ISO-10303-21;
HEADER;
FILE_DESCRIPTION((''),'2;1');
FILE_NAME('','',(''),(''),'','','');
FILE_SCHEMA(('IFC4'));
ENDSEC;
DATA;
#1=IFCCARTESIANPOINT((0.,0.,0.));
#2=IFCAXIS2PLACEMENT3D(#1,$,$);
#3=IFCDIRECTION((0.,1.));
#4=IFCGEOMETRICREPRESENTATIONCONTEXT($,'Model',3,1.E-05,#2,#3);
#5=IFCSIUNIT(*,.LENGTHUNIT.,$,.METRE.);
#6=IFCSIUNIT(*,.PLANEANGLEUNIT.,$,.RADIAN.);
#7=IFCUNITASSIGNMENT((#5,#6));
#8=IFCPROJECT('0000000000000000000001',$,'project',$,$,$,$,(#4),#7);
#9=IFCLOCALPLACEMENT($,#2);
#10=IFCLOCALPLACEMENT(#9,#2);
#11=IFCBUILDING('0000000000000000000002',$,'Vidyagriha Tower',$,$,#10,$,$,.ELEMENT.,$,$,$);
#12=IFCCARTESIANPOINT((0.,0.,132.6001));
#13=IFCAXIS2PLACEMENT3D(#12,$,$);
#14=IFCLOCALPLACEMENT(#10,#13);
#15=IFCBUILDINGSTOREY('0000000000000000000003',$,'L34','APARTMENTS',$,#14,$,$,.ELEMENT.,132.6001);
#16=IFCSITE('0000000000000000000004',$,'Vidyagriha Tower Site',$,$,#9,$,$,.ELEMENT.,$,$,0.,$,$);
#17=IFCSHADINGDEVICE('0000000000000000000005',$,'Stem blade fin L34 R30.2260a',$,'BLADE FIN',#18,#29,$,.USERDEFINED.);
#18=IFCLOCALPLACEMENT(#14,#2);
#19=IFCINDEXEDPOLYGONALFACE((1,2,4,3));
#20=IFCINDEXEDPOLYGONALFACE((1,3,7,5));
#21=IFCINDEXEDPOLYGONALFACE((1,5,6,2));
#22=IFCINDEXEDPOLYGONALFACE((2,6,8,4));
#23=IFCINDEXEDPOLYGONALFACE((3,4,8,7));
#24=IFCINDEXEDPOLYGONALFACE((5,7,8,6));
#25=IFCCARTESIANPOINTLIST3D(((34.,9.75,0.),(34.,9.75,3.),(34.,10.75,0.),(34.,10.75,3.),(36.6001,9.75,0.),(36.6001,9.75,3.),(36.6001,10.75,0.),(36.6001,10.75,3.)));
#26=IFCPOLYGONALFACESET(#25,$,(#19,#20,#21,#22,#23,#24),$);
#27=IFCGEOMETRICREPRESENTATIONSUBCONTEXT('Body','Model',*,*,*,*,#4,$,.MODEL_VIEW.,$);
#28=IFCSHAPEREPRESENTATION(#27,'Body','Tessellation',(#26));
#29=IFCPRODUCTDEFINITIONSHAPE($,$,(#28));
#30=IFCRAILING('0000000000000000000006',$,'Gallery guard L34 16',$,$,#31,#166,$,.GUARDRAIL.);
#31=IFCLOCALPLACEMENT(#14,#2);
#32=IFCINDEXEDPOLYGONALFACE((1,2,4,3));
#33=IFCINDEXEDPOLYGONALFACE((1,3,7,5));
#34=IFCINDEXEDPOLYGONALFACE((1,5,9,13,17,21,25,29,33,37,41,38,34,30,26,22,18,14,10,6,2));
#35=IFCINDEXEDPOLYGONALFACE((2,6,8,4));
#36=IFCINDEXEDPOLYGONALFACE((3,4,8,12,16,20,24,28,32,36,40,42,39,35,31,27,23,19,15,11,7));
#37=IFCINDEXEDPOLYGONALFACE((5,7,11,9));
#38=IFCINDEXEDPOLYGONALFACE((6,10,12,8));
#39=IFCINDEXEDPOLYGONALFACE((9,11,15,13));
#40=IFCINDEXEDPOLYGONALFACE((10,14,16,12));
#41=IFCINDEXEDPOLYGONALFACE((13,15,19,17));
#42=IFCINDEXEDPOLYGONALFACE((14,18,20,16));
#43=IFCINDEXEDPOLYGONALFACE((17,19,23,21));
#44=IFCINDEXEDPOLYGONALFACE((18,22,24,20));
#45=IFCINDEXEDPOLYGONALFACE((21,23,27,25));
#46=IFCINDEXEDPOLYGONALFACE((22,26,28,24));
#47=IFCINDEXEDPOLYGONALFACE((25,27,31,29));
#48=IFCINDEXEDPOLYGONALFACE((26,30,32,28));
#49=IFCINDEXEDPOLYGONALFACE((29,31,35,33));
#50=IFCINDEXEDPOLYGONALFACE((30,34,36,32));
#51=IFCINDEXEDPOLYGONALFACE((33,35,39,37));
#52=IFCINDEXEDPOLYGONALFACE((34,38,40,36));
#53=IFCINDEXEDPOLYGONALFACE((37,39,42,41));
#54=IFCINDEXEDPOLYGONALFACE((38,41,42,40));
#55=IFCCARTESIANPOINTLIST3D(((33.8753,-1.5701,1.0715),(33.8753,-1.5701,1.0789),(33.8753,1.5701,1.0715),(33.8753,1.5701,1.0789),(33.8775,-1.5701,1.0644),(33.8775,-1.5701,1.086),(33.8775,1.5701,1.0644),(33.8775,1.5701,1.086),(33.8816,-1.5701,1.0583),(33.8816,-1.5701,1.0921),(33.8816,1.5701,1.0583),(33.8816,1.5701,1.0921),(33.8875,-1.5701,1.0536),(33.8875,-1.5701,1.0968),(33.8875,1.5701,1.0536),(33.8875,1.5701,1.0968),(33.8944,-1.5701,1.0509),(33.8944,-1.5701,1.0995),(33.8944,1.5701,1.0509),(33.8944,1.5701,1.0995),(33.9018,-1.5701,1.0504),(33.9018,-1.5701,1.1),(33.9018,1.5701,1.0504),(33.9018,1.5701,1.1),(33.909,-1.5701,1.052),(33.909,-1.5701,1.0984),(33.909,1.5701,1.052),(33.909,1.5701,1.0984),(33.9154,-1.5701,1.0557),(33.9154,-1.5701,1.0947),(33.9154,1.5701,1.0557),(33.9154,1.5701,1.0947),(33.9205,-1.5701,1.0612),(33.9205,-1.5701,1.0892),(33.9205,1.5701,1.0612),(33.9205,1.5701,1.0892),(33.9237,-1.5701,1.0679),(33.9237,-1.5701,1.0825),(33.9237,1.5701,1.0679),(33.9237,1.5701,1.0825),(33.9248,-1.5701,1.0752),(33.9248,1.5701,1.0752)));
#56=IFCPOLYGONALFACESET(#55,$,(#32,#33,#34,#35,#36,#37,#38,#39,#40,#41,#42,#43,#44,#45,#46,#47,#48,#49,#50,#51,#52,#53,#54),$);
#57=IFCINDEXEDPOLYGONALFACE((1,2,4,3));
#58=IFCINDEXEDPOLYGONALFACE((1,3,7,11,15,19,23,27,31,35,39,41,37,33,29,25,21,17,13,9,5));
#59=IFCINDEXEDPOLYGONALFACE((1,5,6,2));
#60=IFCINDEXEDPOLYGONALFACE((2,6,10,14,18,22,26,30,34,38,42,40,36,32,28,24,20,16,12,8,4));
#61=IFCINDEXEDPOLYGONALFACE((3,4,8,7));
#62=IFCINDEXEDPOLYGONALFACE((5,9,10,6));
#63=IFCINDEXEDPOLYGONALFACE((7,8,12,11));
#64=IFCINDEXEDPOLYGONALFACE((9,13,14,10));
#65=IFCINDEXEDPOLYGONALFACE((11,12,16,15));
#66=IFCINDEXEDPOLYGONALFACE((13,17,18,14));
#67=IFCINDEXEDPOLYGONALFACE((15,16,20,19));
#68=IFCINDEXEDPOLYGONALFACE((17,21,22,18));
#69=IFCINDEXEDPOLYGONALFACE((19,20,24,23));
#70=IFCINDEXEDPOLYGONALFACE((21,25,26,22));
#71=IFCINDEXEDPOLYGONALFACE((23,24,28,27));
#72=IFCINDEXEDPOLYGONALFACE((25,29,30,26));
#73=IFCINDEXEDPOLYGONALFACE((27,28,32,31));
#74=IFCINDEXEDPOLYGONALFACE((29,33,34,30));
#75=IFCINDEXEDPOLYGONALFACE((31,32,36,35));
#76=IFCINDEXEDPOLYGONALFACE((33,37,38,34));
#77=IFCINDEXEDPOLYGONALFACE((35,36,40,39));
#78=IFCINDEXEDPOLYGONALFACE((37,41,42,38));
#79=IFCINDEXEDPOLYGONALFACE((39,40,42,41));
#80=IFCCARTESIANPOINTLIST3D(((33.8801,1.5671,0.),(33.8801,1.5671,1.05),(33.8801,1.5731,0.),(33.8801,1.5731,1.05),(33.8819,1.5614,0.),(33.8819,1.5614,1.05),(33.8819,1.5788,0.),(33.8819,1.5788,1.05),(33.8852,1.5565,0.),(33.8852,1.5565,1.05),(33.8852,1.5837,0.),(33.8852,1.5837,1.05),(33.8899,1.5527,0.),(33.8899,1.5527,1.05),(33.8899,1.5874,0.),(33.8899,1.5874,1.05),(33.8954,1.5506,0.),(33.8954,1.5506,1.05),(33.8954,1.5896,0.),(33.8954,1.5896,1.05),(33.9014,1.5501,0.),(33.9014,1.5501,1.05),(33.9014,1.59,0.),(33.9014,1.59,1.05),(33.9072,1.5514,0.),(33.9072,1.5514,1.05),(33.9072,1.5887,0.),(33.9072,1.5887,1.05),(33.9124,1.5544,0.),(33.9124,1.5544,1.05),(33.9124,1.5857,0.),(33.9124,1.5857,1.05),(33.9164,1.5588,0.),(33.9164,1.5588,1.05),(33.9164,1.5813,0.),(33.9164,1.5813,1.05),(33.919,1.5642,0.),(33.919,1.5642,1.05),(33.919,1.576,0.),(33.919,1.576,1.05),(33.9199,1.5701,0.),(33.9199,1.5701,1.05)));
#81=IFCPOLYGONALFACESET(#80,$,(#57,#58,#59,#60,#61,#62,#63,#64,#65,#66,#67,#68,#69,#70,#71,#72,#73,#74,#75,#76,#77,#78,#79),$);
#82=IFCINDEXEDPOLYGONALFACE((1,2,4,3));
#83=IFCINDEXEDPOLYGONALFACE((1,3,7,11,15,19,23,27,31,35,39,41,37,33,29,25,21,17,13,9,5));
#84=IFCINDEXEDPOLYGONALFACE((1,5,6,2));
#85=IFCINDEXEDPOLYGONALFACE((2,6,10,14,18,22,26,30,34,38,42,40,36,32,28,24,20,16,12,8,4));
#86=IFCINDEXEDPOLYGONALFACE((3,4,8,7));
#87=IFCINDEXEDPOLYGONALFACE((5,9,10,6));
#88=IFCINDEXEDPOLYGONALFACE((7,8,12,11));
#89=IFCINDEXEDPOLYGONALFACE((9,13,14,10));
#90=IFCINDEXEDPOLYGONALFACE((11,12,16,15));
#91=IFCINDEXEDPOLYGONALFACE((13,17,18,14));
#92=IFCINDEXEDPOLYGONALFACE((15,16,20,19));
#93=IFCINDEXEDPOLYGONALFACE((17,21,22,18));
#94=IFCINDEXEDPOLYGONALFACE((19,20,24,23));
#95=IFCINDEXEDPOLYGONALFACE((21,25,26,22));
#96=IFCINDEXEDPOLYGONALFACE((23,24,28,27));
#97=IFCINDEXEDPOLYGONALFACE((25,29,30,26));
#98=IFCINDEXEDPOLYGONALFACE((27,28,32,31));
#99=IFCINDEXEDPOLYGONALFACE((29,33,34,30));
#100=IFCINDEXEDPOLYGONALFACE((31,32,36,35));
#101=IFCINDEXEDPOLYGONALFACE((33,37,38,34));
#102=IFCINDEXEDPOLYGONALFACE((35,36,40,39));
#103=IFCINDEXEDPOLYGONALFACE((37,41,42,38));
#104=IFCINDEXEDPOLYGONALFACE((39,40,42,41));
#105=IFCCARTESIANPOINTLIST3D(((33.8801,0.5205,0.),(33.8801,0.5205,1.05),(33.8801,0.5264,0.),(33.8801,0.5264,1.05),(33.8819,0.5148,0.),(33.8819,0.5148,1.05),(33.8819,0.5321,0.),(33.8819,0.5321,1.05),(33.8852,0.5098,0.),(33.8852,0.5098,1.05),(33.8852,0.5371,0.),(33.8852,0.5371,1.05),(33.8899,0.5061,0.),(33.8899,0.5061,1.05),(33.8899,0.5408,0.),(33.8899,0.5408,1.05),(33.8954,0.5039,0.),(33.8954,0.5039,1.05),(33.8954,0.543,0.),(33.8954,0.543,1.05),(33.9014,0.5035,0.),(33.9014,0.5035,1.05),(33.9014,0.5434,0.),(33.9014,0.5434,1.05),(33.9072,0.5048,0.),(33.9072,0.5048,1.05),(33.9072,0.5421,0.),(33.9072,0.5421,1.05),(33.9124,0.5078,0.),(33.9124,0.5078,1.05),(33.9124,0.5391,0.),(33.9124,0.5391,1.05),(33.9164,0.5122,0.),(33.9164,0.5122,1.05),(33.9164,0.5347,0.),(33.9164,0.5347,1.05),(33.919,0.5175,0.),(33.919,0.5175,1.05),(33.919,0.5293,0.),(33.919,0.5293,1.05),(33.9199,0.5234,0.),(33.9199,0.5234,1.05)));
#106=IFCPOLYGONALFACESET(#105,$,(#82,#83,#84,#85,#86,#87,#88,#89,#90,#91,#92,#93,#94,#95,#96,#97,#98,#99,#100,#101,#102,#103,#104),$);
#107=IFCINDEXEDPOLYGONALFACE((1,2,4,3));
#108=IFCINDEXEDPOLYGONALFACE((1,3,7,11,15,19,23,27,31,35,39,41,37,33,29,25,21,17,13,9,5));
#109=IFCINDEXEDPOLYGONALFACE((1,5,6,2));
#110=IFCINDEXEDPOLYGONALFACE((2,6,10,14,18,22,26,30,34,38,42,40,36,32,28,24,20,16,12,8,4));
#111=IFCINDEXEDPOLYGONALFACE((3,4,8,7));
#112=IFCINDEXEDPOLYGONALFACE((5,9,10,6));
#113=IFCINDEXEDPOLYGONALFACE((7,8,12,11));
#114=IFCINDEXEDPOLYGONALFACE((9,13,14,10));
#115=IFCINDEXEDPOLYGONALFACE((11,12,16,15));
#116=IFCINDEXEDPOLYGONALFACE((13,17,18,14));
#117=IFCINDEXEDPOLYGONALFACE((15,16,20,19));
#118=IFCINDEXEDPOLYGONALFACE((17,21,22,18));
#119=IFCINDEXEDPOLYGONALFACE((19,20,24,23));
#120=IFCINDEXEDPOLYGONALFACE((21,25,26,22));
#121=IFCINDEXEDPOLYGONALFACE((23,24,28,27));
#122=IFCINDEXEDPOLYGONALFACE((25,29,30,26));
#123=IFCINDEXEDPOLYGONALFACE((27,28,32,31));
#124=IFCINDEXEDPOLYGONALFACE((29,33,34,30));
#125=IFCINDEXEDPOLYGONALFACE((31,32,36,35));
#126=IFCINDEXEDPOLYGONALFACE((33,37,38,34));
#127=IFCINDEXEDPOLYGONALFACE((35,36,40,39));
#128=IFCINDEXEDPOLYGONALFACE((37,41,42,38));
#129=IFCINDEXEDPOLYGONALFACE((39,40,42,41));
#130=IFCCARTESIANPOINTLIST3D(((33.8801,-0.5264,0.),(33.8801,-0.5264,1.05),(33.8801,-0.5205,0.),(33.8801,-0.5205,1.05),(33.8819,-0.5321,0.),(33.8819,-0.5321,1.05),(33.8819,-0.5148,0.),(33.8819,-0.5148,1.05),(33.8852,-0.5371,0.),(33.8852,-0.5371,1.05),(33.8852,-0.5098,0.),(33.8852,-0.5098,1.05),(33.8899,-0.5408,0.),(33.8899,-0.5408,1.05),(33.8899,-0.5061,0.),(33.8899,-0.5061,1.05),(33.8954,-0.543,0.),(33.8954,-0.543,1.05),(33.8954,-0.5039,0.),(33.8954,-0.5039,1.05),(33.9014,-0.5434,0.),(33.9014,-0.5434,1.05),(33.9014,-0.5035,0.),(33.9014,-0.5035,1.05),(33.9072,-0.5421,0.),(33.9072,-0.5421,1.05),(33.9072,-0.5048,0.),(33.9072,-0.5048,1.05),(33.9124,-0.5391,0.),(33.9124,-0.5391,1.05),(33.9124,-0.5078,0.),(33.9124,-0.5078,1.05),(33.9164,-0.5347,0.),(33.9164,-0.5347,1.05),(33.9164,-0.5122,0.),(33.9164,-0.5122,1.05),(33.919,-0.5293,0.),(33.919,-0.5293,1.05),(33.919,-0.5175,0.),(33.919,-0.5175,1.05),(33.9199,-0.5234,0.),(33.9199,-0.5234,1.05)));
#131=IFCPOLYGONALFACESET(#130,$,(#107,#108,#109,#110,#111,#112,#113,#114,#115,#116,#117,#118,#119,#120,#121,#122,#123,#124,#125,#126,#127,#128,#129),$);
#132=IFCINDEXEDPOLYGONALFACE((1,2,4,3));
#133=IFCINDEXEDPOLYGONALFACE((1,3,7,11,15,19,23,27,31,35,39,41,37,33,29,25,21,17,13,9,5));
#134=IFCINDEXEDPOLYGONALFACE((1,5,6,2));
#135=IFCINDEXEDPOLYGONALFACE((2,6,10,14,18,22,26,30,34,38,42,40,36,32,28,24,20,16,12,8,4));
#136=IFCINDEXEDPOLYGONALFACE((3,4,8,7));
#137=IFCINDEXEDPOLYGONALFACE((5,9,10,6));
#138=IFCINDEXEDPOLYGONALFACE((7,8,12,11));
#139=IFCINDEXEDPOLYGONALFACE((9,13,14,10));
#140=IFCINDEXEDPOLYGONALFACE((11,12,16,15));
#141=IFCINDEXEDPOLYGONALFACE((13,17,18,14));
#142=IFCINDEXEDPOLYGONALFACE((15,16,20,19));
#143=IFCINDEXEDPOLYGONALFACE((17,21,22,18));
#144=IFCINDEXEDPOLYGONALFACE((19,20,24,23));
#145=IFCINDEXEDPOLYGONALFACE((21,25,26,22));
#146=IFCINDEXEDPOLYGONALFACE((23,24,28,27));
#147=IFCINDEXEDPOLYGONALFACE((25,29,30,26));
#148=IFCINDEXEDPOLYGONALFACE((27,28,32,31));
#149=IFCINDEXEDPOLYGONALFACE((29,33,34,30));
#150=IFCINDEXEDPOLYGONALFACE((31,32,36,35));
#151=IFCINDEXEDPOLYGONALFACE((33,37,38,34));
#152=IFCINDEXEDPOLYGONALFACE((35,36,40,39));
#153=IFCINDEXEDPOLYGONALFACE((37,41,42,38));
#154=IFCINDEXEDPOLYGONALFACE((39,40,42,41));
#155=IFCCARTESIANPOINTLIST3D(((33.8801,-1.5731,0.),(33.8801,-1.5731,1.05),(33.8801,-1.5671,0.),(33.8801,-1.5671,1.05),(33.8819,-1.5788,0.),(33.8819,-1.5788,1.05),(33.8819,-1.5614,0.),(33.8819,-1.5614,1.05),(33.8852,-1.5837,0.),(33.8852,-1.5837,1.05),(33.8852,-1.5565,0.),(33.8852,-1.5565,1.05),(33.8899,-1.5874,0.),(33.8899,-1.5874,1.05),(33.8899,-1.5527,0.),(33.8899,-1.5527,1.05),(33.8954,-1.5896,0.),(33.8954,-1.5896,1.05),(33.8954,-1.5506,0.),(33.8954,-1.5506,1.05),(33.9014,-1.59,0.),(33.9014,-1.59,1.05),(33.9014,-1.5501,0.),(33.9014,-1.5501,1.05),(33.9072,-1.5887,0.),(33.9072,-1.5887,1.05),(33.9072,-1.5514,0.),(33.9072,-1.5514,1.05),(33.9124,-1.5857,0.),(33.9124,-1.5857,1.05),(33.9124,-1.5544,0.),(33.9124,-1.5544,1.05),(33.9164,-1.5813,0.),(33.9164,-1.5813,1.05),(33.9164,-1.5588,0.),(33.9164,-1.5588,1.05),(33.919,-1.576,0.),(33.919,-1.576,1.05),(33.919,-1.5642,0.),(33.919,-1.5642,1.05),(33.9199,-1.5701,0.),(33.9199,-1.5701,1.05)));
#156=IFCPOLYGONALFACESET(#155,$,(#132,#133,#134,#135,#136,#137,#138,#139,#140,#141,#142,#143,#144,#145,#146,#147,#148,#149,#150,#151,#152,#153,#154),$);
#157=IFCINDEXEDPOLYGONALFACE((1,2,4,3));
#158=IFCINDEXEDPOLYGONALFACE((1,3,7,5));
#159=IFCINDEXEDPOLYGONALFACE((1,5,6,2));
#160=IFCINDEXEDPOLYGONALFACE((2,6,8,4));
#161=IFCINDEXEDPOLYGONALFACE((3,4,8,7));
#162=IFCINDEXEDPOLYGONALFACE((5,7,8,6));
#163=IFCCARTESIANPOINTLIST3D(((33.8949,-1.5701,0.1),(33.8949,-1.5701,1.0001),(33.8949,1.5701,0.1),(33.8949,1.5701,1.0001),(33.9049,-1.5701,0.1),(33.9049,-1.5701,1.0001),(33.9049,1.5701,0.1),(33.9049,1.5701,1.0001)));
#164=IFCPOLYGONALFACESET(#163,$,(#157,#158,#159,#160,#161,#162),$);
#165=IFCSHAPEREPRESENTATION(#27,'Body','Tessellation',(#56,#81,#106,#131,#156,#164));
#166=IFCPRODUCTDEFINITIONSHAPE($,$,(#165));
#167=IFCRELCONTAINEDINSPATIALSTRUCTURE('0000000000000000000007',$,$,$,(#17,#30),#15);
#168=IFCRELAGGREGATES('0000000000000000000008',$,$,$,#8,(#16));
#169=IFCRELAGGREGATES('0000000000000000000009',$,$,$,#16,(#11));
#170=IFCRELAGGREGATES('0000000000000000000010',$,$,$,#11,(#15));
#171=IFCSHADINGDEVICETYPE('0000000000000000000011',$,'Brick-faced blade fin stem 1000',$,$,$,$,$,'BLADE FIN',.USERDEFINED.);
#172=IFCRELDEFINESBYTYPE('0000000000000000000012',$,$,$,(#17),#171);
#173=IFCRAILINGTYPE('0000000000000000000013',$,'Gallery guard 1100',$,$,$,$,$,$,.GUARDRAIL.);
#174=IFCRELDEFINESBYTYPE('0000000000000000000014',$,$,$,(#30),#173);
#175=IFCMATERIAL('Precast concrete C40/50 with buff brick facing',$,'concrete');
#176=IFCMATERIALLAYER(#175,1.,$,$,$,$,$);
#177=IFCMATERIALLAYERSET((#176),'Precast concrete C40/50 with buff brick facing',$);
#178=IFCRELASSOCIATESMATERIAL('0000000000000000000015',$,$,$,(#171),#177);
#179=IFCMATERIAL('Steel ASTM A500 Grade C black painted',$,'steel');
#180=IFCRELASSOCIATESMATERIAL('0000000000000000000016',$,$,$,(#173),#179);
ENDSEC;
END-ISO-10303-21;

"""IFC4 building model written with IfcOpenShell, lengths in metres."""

from ifc_helpers import new_model, si_unit, direction, frame, origin, origin_2d, place, context, subcontext, project, spatial, polyline, rectangle, circle, outline, extrude, material, layer, layer_set, type_object, element, save


model = new_model("IFC4")

# Units and contexts
model_context = context("Model", 3, precision=1e-05, world=origin(), true_north=direction((0.0, 1.0)))
body_context = subcontext(model_context, "Body", "Model", "MODEL_VIEW")
ifc_project = project(units=[si_unit("LENGTHUNIT", "METRE"), si_unit("PLANEANGLEUNIT", "RADIAN")], contexts=[model_context])

# Site, building, storey
site_placement = place(None, origin())
site = spatial("IfcSite", under=ifc_project, at=site_placement, Name="Vidyagriha Tower Site", CompositionType="ELEMENT", RefElevation=0.0)
building_placement = place(site_placement, origin())
building = spatial("IfcBuilding", under=site, at=building_placement, Name="Vidyagriha Tower", CompositionType="ELEMENT")
storey_placement = place(building_placement, frame((0.0, 0.0, 132.6001)))
storey = spatial("IfcBuildingStorey", under=building, at=storey_placement, Name="L34", Description="APARTMENTS", CompositionType="ELEMENT", Elevation=132.6001)

# Shading device
ifc_material_1 = material(Name="Precast concrete C40/50 with buff brick facing", Category="concrete")
ifc_layer_1 = layer(ifc_material_1, 1.0)
ifc_layer_set_1 = layer_set([ifc_layer_1], Name="Precast concrete C40/50 with buff brick facing")
shading_device_type_1 = type_object("IfcShadingDeviceType", Name="Brick-faced blade fin stem 1000", ElementType="BLADE FIN", PredefinedType="USERDEFINED", material=ifc_layer_set_1)
shading_device_1_placement = place(storey_placement, frame((35.3, 9.75, 0.0), z_axis=(0.0, 0.0, 1.0), x_axis=(0.0, 1.0, 0.0)))
element("IfcShadingDevice", 1, at=shading_device_1_placement, inside=storey, type_object=shading_device_type_1, Name="Stem blade fin L34 R30.2260a", ObjectType="BLADE FIN", PredefinedType="USERDEFINED", context=body_context, shape_type="SweptSolid", body=[
    extrude(outline(polyline([(0.0, 0.0), (1.0, 0.0), (1.0, 3.0), (0.0, 3.0), (0.0, 0.0)])), frame((0.0, 1.3, 0.0), z_axis=(0.0, -1.0, 0.0), x_axis=(1.0, 0.0, 0.0)), (0.0, 0.0, 1.0), 2.6001),
])

# Railing
ifc_material_2 = material(Name="Steel ASTM A500 Grade C black painted", Category="steel")
railing_type_1 = type_object("IfcRailingType", Name="Gallery guard 1100", PredefinedType="GUARDRAIL", material=ifc_material_2)
railing_1_placement = place(storey_placement, frame((33.8999, 1.5701, 0.0)))
element("IfcRailing", 2, at=railing_1_placement, inside=storey, type_object=railing_type_1, Name="Gallery guard L34 16", PredefinedType="GUARDRAIL", context=body_context, shape_type="SweptSolid", body=[
    extrude(circle(Radius=0.0249, at=origin_2d()), frame((0.0, 0.0, 1.0752), z_axis=(0.0, -1.0, 0.0), x_axis=(1.0, 0.0, 0.0)), (0.0, 0.0, 1.0), 3.1401),
    extrude(circle(Radius=0.02, at=origin_2d()), origin(), (0.0, 0.0, 1.0), 1.05),
    extrude(circle(Radius=0.02, at=origin_2d()), frame((0.0, -1.0466, 0.0)), (0.0, 0.0, 1.0), 1.05),
    extrude(circle(Radius=0.02, at=origin_2d()), frame((0.0, -2.0935, 0.0)), (0.0, 0.0, 1.0), 1.05),
    extrude(circle(Radius=0.02, at=origin_2d()), frame((0.0, -3.1401, 0.0)), (0.0, 0.0, 1.0), 1.05),
    extrude(rectangle(XDim=0.01, YDim=0.9001, at=origin_2d()), frame((0.0, 0.0, 0.55), z_axis=(0.0, -1.0, 0.0), x_axis=(1.0, 0.0, 0.0)), (0.0, 0.0, 1.0), 3.1401),
])

save(model, "model.ifc")
